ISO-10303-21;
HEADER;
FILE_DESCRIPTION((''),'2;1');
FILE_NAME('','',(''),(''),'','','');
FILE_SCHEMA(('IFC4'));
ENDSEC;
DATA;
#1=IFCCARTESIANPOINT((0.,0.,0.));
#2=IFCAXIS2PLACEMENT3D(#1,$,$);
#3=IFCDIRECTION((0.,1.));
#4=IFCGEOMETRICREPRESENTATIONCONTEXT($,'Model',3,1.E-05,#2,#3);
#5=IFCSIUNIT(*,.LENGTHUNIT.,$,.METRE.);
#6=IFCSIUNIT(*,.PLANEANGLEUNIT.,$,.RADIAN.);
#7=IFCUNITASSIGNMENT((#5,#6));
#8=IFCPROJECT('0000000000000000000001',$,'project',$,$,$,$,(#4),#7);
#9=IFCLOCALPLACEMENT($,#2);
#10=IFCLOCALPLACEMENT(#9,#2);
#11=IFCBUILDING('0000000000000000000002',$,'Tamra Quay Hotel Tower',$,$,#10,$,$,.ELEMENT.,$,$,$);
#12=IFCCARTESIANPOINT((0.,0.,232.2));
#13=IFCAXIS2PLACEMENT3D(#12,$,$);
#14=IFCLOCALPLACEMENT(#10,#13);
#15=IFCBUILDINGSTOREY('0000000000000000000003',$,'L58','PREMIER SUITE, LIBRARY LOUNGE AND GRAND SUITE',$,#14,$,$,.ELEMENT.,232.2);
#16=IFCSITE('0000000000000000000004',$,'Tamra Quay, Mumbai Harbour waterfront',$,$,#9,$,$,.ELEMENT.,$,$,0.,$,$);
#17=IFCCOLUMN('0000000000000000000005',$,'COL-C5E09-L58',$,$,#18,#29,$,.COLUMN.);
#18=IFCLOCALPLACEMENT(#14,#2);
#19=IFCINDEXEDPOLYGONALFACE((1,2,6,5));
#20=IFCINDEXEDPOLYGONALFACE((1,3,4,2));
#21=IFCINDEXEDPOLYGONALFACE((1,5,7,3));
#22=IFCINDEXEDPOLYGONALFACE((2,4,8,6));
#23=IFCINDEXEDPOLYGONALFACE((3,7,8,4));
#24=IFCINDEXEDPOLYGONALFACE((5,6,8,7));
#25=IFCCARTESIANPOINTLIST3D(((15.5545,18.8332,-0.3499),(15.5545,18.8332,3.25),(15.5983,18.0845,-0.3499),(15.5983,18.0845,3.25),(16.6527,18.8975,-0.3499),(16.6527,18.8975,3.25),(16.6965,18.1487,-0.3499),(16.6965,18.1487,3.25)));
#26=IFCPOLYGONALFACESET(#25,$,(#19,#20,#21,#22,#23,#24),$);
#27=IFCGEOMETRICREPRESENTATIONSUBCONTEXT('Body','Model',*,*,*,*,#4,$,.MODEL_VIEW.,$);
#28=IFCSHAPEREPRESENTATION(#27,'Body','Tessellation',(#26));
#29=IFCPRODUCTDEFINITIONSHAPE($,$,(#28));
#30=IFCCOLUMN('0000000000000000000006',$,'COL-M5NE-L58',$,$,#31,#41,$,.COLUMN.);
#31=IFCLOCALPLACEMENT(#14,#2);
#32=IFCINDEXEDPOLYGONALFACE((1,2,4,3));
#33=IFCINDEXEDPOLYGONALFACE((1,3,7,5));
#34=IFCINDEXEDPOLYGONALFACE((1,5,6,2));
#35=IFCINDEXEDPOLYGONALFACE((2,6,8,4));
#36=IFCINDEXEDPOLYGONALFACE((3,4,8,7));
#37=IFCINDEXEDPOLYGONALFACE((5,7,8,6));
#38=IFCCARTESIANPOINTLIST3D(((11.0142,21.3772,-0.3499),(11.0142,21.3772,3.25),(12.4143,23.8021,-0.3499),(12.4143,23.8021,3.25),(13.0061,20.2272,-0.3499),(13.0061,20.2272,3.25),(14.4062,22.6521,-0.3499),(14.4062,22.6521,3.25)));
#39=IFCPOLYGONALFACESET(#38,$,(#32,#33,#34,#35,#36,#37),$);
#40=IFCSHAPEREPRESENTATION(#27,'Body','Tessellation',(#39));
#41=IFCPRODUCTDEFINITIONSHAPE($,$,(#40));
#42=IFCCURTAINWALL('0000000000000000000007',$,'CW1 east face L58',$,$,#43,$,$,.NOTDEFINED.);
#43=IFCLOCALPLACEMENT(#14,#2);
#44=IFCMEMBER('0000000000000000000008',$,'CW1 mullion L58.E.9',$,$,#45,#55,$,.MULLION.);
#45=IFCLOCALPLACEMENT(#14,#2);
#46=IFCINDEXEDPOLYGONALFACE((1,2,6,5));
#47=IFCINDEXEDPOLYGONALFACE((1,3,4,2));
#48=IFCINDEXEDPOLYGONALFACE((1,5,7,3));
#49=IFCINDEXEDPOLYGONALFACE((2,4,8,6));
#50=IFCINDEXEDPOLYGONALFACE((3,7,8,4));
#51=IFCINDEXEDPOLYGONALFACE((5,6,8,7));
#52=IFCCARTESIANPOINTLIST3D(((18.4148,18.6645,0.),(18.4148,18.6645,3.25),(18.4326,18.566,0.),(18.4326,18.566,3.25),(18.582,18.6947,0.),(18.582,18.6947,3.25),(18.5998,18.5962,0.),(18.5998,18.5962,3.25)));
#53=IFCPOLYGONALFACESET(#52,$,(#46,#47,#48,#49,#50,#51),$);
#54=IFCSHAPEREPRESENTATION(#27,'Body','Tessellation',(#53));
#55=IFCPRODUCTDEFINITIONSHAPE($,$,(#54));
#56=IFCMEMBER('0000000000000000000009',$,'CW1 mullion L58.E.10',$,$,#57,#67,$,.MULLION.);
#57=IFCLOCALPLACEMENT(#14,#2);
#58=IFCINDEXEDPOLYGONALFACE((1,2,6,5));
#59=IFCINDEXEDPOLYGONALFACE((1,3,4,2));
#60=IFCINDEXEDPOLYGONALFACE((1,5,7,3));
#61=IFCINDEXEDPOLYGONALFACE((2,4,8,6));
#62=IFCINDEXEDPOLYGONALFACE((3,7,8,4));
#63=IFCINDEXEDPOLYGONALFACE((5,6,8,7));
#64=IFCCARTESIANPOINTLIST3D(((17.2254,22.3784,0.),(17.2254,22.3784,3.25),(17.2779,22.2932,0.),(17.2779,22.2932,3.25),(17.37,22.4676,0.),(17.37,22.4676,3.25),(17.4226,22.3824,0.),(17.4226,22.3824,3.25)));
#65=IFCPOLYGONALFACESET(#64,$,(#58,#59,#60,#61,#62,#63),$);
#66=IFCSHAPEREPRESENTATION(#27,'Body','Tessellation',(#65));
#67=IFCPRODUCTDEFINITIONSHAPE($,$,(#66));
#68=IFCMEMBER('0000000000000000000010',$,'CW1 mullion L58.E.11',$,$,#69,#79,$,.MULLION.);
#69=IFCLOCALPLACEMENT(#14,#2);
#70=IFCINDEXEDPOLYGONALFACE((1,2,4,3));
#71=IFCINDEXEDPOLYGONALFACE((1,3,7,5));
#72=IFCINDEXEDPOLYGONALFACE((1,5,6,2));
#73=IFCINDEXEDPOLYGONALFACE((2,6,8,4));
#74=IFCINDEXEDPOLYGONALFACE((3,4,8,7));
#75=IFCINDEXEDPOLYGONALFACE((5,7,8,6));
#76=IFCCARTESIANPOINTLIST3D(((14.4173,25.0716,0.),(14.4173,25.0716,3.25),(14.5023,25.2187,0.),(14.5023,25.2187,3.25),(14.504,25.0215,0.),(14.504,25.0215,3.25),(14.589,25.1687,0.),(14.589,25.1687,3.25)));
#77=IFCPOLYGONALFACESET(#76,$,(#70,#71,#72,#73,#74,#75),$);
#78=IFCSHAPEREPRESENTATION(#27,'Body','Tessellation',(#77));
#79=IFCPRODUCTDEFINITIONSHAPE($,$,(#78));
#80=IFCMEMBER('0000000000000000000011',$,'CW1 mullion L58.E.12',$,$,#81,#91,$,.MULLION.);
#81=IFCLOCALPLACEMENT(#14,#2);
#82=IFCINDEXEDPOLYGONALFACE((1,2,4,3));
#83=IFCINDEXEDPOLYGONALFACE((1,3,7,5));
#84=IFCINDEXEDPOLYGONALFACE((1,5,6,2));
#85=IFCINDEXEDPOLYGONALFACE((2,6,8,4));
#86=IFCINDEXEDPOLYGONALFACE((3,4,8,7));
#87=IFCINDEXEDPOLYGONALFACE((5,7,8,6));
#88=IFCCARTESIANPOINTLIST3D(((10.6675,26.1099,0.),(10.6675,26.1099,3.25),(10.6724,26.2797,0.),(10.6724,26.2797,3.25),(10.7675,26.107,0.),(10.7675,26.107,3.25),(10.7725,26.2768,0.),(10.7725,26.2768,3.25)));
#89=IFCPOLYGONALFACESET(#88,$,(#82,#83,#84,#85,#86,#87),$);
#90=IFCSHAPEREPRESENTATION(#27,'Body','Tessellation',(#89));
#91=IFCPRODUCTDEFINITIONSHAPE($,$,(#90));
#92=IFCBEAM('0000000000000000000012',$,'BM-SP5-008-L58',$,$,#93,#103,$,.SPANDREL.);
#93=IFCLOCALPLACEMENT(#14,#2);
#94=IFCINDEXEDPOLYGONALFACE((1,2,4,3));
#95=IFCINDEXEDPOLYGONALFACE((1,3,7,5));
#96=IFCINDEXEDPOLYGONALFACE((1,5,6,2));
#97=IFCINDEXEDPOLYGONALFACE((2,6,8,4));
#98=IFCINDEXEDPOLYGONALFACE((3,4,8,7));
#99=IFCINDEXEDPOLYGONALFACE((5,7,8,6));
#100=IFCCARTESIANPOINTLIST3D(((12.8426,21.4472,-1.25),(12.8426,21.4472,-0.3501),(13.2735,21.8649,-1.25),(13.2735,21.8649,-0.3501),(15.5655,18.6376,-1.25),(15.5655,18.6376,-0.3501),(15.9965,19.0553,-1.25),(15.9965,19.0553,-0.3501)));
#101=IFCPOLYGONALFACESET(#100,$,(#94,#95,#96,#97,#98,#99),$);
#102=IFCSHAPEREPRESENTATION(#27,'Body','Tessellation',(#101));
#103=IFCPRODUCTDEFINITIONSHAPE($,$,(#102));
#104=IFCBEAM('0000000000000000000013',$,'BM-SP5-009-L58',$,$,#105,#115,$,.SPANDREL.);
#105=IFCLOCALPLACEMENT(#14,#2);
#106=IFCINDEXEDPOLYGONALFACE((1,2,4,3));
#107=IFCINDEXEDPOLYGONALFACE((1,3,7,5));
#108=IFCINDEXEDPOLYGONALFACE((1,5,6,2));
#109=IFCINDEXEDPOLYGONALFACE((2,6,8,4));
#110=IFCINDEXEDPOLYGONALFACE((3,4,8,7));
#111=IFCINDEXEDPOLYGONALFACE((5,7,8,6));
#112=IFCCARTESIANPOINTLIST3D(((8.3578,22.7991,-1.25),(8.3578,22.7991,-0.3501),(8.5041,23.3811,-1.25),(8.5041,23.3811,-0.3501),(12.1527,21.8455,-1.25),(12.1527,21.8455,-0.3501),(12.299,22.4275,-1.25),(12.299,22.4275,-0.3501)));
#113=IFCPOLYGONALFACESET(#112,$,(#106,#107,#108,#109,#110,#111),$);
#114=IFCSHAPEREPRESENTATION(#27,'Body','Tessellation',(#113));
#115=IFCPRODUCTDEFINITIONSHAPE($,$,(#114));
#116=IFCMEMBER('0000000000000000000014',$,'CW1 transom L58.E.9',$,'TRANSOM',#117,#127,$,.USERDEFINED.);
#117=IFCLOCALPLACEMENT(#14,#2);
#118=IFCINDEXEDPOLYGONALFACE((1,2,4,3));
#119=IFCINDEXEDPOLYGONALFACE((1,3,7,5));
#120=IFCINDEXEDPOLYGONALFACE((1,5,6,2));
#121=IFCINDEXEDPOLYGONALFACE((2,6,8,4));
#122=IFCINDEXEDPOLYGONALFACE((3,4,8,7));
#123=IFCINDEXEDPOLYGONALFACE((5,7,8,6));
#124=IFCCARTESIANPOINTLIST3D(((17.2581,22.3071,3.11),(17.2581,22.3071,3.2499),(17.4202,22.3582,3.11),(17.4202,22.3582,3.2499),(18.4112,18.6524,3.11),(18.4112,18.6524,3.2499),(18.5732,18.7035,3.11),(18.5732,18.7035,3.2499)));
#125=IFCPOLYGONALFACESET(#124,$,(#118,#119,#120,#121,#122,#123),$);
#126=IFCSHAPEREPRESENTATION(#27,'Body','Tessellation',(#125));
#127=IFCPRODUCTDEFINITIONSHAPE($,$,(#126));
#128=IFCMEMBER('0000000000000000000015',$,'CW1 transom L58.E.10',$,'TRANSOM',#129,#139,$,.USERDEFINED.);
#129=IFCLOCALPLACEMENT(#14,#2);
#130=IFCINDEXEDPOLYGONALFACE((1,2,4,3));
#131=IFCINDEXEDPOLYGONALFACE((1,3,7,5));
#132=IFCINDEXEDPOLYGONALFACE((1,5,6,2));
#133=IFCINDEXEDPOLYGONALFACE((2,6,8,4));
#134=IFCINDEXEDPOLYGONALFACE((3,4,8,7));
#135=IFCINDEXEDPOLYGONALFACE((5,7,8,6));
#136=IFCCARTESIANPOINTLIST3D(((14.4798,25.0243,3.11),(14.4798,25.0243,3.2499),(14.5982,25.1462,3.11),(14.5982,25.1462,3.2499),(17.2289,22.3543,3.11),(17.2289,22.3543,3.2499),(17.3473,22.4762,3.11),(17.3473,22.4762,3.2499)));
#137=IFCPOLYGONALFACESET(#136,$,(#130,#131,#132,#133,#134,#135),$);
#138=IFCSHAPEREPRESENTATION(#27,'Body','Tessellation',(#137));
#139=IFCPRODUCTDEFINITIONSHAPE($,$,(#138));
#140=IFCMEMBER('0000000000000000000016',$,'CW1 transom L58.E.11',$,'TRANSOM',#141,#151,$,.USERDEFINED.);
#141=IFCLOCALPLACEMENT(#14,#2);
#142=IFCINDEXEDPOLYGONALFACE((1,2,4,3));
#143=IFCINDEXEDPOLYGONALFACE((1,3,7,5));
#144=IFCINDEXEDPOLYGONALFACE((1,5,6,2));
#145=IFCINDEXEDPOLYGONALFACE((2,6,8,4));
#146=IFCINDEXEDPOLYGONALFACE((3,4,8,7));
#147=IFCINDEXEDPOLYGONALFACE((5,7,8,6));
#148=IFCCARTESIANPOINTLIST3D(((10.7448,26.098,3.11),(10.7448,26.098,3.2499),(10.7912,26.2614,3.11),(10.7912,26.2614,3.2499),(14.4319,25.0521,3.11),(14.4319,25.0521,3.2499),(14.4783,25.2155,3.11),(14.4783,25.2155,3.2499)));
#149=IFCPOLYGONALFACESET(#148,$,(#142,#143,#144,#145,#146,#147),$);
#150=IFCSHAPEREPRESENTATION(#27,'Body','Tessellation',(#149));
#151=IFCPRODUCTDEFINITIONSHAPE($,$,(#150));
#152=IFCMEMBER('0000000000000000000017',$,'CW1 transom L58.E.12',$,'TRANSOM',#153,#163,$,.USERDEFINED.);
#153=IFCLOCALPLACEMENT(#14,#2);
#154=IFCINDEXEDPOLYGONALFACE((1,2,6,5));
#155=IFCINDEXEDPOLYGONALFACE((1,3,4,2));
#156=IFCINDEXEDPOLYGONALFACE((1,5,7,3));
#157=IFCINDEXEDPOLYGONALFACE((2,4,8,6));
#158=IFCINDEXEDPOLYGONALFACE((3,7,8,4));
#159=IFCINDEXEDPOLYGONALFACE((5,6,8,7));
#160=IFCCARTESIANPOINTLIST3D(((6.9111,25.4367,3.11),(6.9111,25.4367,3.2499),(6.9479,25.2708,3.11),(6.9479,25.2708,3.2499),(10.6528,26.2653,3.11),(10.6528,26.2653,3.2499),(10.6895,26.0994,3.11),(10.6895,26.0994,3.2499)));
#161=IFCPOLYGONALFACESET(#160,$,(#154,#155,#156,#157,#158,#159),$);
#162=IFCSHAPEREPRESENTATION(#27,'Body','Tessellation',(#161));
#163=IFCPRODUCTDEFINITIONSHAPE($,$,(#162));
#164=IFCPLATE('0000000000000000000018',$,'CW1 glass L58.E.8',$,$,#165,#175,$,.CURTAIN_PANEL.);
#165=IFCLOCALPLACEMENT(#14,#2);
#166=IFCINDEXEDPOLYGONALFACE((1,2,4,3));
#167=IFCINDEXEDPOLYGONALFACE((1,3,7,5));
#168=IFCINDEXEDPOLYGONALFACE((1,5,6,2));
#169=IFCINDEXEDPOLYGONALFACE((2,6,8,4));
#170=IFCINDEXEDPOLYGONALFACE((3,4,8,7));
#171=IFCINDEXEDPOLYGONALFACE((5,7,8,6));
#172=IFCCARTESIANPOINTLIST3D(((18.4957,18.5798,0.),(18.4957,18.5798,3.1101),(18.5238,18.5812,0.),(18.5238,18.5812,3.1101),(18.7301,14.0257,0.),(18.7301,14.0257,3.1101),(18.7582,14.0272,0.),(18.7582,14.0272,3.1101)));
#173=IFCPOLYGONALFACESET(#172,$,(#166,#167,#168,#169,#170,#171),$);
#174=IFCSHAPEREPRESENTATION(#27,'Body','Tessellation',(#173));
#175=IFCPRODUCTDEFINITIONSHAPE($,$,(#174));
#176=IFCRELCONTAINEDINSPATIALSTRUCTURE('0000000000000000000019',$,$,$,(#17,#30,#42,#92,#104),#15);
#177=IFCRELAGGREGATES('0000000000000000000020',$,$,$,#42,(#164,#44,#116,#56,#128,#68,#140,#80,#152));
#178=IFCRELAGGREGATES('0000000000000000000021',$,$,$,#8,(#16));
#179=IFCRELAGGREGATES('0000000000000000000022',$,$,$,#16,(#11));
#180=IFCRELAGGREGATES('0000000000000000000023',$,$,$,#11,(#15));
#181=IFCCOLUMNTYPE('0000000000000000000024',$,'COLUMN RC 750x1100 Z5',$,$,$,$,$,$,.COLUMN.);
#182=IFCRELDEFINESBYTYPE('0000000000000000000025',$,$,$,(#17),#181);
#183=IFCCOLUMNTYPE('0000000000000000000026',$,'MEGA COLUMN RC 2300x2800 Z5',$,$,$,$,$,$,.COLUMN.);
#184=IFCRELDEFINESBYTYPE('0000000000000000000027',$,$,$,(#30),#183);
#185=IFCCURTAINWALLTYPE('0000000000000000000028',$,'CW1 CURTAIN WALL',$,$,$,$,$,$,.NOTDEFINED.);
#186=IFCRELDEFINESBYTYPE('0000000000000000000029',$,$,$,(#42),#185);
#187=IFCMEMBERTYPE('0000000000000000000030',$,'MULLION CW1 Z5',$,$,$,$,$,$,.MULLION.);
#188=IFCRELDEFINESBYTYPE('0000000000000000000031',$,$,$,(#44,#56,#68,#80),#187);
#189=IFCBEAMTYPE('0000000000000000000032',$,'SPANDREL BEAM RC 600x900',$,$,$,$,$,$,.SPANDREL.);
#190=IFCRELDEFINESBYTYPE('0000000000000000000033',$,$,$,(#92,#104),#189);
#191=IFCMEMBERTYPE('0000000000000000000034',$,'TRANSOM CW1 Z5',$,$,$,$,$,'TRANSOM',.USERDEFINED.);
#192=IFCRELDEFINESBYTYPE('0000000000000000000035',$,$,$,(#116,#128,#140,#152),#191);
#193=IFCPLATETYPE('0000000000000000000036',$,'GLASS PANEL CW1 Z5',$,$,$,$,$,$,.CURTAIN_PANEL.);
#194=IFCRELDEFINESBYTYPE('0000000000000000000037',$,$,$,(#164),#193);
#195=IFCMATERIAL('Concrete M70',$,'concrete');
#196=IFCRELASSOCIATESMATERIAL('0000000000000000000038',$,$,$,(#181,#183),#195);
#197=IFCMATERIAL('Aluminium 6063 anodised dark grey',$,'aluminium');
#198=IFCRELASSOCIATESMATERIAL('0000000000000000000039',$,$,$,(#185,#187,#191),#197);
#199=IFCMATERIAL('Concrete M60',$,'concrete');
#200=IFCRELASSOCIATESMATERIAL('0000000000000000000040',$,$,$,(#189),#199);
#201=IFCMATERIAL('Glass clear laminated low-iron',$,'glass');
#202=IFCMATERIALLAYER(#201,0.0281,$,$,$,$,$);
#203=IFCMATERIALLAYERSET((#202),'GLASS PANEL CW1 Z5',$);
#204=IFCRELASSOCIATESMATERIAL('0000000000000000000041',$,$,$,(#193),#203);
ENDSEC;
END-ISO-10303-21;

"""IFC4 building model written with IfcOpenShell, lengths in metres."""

from ifc_helpers import new_model, si_unit, direction, frame, origin, origin_2d, place, context, subcontext, project, spatial, rectangle, extrude, material, layer, layer_set, material_profile, profile_set, type_object, element, aggregate, save


model = new_model("IFC4")

# Units and contexts
model_context = context("Model", 3, precision=1e-05, world=origin(), true_north=direction((0.0, 1.0)))
body_context = subcontext(model_context, "Body", "Model", "MODEL_VIEW")
ifc_project = project(units=[si_unit("LENGTHUNIT", "METRE"), si_unit("PLANEANGLEUNIT", "RADIAN")], contexts=[model_context])

# Site, building, storey
site_placement = place(None, origin())
site = spatial("IfcSite", under=ifc_project, at=site_placement, Name="Tamra Quay, Mumbai Harbour waterfront", CompositionType="ELEMENT", RefElevation=0.0)
building_placement = place(site_placement, origin())
building = spatial("IfcBuilding", under=site, at=building_placement, Name="Tamra Quay Hotel Tower", CompositionType="ELEMENT")
storey_placement = place(building_placement, frame((0.0, 0.0, 232.2)))
storey = spatial("IfcBuildingStorey", under=building, at=storey_placement, Name="L58", Description="PREMIER SUITE, LIBRARY LOUNGE AND GRAND SUITE", CompositionType="ELEMENT", Elevation=232.2)

# Columns
ifc_material_1 = material(Name="Concrete M70", Category="concrete")
ifc_material_profile_1 = material_profile(ifc_material_1, rectangle(XDim=1.1001, YDim=0.75, at=origin_2d()), Name="COLUMN RC 750x1100 Z5")
ifc_profile_set_1 = profile_set([ifc_material_profile_1], Name="Concrete M70")
column_type_1 = type_object("IfcColumnType", Name="COLUMN RC 750x1100 Z5", PredefinedType="COLUMN", material=ifc_profile_set_1)
column_1_placement = place(storey_placement, frame((16.1255, 18.491, -0.3499), z_axis=(0.0, 0.0, 1.0), x_axis=(0.998292, 0.05842, 0.0)))
element("IfcColumn", 1, at=column_1_placement, inside=storey, type_object=column_type_1, Name="COL-C5E09-L58", PredefinedType="COLUMN", context=body_context, shape_type="SweptSolid", body=[
    extrude(rectangle(XDim=1.1001, YDim=0.75, at=origin_2d()), origin(), (0.0, 0.0, 1.0), 3.5999),
])
ifc_material_profile_2 = material_profile(ifc_material_1, rectangle(XDim=2.8, YDim=2.3, at=origin_2d()), Name="MEGA COLUMN RC 2300x2800 Z5")
ifc_profile_set_2 = profile_set([ifc_material_profile_2], Name="Concrete M70")
column_type_2 = type_object("IfcColumnType", Name="MEGA COLUMN RC 2300x2800 Z5", PredefinedType="COLUMN", material=ifc_profile_set_2)
column_2_placement = place(storey_placement, frame((12.7102, 22.0146, -0.3499), z_axis=(0.0, 0.0, 1.0), x_axis=(0.5, 0.866025, 0.0)))
element("IfcColumn", 2, at=column_2_placement, inside=storey, type_object=column_type_2, Name="COL-M5NE-L58", PredefinedType="COLUMN", context=body_context, shape_type="SweptSolid", body=[
    extrude(rectangle(XDim=2.8, YDim=2.3, at=origin_2d()), origin(), (0.0, 0.0, 1.0), 3.5999),
])

# Curtain wall, members
ifc_material_2 = material(Name="Aluminium 6063 anodised dark grey", Category="aluminium")
curtain_wall_type = type_object("IfcCurtainWallType", Name="CW1 CURTAIN WALL", PredefinedType="NOTDEFINED", material=ifc_material_2)
curtain_wall_placement = place(storey_placement, origin())
curtain_wall = element("IfcCurtainWall", 3, at=curtain_wall_placement, inside=storey, type_object=curtain_wall_type, Name="CW1 east face L58", PredefinedType="NOTDEFINED")
ifc_material_profile_3 = material_profile(ifc_material_2, rectangle(XDim=0.1699, YDim=0.1001, at=origin_2d()), Name="MULLION 100X170")
ifc_profile_set_3 = profile_set([ifc_material_profile_3], Name="Aluminium 6063 anodised dark grey")
member_type_1 = type_object("IfcMemberType", Name="MULLION CW1 Z5", PredefinedType="MULLION", material=ifc_profile_set_3)
member_1_placement = place(storey_placement, frame((18.5073, 18.6304, 0.0), z_axis=(0.0, 0.0, 1.0), x_axis=(0.984105, 0.177586, 0.0)))
member_1 = element("IfcMember", 4, at=member_1_placement, type_object=member_type_1, Name="CW1 mullion L58.E.9", PredefinedType="MULLION", context=body_context, shape_type="SweptSolid", body=[
    extrude(rectangle(XDim=0.1699, YDim=0.1001, at=origin_2d()), origin(), (0.0, 0.0, 1.0), 3.25),
])
member_2_placement = place(storey_placement, frame((17.324, 22.3804, 0.0), z_axis=(0.0, 0.0, 1.0), x_axis=(0.851044, 0.525094, 0.0)))
member_2 = element("IfcMember", 5, at=member_2_placement, type_object=member_type_1, Name="CW1 mullion L58.E.10", PredefinedType="MULLION", context=body_context, shape_type="SweptSolid", body=[
    extrude(rectangle(XDim=0.1699, YDim=0.1001, at=origin_2d()), origin(), (0.0, 0.0, 1.0), 3.25),
])
member_3_placement = place(storey_placement, frame((14.5032, 25.1201, 0.0), z_axis=(0.0, 0.0, 1.0), x_axis=(0.5, 0.866025, 0.0)))
member_3 = element("IfcMember", 6, at=member_3_placement, type_object=member_type_1, Name="CW1 mullion L58.E.11", PredefinedType="MULLION", context=body_context, shape_type="SweptSolid", body=[
    extrude(rectangle(XDim=0.1699, YDim=0.1001, at=origin_2d()), origin(), (0.0, 0.0, 1.0), 3.25),
])
member_4_placement = place(storey_placement, frame((10.72, 26.1934, 0.0), z_axis=(0.0, 0.0, 1.0), x_axis=(0.029223, 0.999573, 0.0)))
member_4 = element("IfcMember", 7, at=member_4_placement, type_object=member_type_1, Name="CW1 mullion L58.E.12", PredefinedType="MULLION", context=body_context, shape_type="SweptSolid", body=[
    extrude(rectangle(XDim=0.1699, YDim=0.1001, at=origin_2d()), origin(), (0.0, 0.0, 1.0), 3.25),
])

# Beams
ifc_material_3 = material(Name="Concrete M60", Category="concrete")
ifc_material_profile_4 = material_profile(ifc_material_3, rectangle(XDim=0.6001, YDim=0.8999, at=origin_2d()), Name="SPANDREL BEAM RC 600x900")
ifc_profile_set_4 = profile_set([ifc_material_profile_4], Name="Concrete M60")
beam_type = type_object("IfcBeamType", Name="SPANDREL BEAM RC 600x900", PredefinedType="SPANDREL", material=ifc_profile_set_4)
beam_1_placement = place(storey_placement, frame((15.781, 18.8464, -0.8), z_axis=(-0.695944, 0.718096, 0.0), x_axis=(-0.718096, -0.695944, 0.0)))
element("IfcBeam", 8, at=beam_1_placement, inside=storey, type_object=beam_type, Name="BM-SP5-008-L58", PredefinedType="SPANDREL", context=body_context, shape_type="SweptSolid", body=[
    extrude(rectangle(XDim=0.6001, YDim=0.8999, at=origin_2d()), origin(), (0.0, 0.0, 1.0), 3.9126),
])
beam_2_placement = place(storey_placement, frame((12.2258, 22.1365, -0.8), z_axis=(-0.969848, 0.24371, 0.0), x_axis=(-0.24371, -0.969848, 0.0)))
element("IfcBeam", 9, at=beam_2_placement, inside=storey, type_object=beam_type, Name="BM-SP5-009-L58", PredefinedType="SPANDREL", context=body_context, shape_type="SweptSolid", body=[
    extrude(rectangle(XDim=0.6001, YDim=0.8999, at=origin_2d()), origin(), (0.0, 0.0, 1.0), 3.9128),
])

# Members
ifc_material_profile_5 = material_profile(ifc_material_2, rectangle(XDim=0.1699, YDim=0.1399, at=origin_2d()), Name="TRANSOM 170X140")
ifc_profile_set_5 = profile_set([ifc_material_profile_5], Name="Aluminium 6063 anodised dark grey")
member_type_2 = type_object("IfcMemberType", Name="TRANSOM CW1 Z5", ElementType="TRANSOM", PredefinedType="USERDEFINED", material=ifc_profile_set_5)
member_5_placement = place(storey_placement, frame((18.4922, 18.678, 3.1799), z_axis=(-0.300878, 0.953663, 0.0), x_axis=(-0.953663, -0.300878, 0.0)))
member_5 = element("IfcMember", 10, at=member_5_placement, type_object=member_type_2, Name="CW1 transom L58.E.9", ObjectType="TRANSOM", PredefinedType="USERDEFINED", context=body_context, shape_type="SweptSolid", body=[
    extrude(rectangle(XDim=0.1699, YDim=0.1399, at=origin_2d()), origin(), (0.0, 0.0, 1.0), 3.8323),
])
member_6_placement = place(storey_placement, frame((17.2881, 22.4153, 3.1799), z_axis=(-0.717352, 0.696711, 0.0), x_axis=(-0.696711, -0.717352, 0.0)))
member_6 = element("IfcMember", 11, at=member_6_placement, type_object=member_type_2, Name="CW1 transom L58.E.10", ObjectType="TRANSOM", PredefinedType="USERDEFINED", context=body_context, shape_type="SweptSolid", body=[
    extrude(rectangle(XDim=0.1699, YDim=0.1399, at=origin_2d()), origin(), (0.0, 0.0, 1.0), 3.8323),
])
member_7_placement = place(storey_placement, frame((14.4551, 25.1338, 3.1799), z_axis=(-0.962041, 0.272903, 0.0), x_axis=(-0.272903, -0.962041, 0.0)))
member_7 = element("IfcMember", 12, at=member_7_placement, type_object=member_type_2, Name="CW1 transom L58.E.11", ObjectType="TRANSOM", PredefinedType="USERDEFINED", context=body_context, shape_type="SweptSolid", body=[
    extrude(rectangle(XDim=0.1699, YDim=0.1399, at=origin_2d()), origin(), (0.0, 0.0, 1.0), 3.8325),
])
member_8_placement = place(storey_placement, frame((10.6711, 26.1824, 3.1799), z_axis=(-0.976346, -0.216215, 0.0), x_axis=(0.216215, -0.976346, 0.0)))
member_8 = element("IfcMember", 13, at=member_8_placement, type_object=member_type_2, Name="CW1 transom L58.E.12", ObjectType="TRANSOM", PredefinedType="USERDEFINED", context=body_context, shape_type="SweptSolid", body=[
    extrude(rectangle(XDim=0.1699, YDim=0.1399, at=origin_2d()), origin(), (0.0, 0.0, 1.0), 3.8323),
])

# Plate
ifc_material_4 = material(Name="Glass clear laminated low-iron", Category="glass")
ifc_layer_1 = layer(ifc_material_4, 0.0281)
ifc_layer_set_1 = layer_set([ifc_layer_1], Name="GLASS PANEL CW1 Z5")
plate_type = type_object("IfcPlateType", Name="GLASS PANEL CW1 Z5", PredefinedType="CURTAIN_PANEL", material=ifc_layer_set_1)
plate_1_placement = place(storey_placement, frame((18.627, 16.3035, 0.0), z_axis=(0.0, 0.0, 1.0), x_axis=(-0.051403, 0.998678, 0.0)))
plate_1 = element("IfcPlate", 14, at=plate_1_placement, type_object=plate_type, Name="CW1 glass L58.E.8", PredefinedType="CURTAIN_PANEL", context=body_context, shape_type="SweptSolid", body=[
    extrude(rectangle(XDim=4.5601, YDim=0.0281, at=origin_2d()), origin(), (0.0, 0.0, 1.0), 3.1101),
])
aggregate(curtain_wall, [plate_1, member_1, member_5, member_2, member_6, member_3, member_7, member_4, member_8])

save(model, "model.ifc")
